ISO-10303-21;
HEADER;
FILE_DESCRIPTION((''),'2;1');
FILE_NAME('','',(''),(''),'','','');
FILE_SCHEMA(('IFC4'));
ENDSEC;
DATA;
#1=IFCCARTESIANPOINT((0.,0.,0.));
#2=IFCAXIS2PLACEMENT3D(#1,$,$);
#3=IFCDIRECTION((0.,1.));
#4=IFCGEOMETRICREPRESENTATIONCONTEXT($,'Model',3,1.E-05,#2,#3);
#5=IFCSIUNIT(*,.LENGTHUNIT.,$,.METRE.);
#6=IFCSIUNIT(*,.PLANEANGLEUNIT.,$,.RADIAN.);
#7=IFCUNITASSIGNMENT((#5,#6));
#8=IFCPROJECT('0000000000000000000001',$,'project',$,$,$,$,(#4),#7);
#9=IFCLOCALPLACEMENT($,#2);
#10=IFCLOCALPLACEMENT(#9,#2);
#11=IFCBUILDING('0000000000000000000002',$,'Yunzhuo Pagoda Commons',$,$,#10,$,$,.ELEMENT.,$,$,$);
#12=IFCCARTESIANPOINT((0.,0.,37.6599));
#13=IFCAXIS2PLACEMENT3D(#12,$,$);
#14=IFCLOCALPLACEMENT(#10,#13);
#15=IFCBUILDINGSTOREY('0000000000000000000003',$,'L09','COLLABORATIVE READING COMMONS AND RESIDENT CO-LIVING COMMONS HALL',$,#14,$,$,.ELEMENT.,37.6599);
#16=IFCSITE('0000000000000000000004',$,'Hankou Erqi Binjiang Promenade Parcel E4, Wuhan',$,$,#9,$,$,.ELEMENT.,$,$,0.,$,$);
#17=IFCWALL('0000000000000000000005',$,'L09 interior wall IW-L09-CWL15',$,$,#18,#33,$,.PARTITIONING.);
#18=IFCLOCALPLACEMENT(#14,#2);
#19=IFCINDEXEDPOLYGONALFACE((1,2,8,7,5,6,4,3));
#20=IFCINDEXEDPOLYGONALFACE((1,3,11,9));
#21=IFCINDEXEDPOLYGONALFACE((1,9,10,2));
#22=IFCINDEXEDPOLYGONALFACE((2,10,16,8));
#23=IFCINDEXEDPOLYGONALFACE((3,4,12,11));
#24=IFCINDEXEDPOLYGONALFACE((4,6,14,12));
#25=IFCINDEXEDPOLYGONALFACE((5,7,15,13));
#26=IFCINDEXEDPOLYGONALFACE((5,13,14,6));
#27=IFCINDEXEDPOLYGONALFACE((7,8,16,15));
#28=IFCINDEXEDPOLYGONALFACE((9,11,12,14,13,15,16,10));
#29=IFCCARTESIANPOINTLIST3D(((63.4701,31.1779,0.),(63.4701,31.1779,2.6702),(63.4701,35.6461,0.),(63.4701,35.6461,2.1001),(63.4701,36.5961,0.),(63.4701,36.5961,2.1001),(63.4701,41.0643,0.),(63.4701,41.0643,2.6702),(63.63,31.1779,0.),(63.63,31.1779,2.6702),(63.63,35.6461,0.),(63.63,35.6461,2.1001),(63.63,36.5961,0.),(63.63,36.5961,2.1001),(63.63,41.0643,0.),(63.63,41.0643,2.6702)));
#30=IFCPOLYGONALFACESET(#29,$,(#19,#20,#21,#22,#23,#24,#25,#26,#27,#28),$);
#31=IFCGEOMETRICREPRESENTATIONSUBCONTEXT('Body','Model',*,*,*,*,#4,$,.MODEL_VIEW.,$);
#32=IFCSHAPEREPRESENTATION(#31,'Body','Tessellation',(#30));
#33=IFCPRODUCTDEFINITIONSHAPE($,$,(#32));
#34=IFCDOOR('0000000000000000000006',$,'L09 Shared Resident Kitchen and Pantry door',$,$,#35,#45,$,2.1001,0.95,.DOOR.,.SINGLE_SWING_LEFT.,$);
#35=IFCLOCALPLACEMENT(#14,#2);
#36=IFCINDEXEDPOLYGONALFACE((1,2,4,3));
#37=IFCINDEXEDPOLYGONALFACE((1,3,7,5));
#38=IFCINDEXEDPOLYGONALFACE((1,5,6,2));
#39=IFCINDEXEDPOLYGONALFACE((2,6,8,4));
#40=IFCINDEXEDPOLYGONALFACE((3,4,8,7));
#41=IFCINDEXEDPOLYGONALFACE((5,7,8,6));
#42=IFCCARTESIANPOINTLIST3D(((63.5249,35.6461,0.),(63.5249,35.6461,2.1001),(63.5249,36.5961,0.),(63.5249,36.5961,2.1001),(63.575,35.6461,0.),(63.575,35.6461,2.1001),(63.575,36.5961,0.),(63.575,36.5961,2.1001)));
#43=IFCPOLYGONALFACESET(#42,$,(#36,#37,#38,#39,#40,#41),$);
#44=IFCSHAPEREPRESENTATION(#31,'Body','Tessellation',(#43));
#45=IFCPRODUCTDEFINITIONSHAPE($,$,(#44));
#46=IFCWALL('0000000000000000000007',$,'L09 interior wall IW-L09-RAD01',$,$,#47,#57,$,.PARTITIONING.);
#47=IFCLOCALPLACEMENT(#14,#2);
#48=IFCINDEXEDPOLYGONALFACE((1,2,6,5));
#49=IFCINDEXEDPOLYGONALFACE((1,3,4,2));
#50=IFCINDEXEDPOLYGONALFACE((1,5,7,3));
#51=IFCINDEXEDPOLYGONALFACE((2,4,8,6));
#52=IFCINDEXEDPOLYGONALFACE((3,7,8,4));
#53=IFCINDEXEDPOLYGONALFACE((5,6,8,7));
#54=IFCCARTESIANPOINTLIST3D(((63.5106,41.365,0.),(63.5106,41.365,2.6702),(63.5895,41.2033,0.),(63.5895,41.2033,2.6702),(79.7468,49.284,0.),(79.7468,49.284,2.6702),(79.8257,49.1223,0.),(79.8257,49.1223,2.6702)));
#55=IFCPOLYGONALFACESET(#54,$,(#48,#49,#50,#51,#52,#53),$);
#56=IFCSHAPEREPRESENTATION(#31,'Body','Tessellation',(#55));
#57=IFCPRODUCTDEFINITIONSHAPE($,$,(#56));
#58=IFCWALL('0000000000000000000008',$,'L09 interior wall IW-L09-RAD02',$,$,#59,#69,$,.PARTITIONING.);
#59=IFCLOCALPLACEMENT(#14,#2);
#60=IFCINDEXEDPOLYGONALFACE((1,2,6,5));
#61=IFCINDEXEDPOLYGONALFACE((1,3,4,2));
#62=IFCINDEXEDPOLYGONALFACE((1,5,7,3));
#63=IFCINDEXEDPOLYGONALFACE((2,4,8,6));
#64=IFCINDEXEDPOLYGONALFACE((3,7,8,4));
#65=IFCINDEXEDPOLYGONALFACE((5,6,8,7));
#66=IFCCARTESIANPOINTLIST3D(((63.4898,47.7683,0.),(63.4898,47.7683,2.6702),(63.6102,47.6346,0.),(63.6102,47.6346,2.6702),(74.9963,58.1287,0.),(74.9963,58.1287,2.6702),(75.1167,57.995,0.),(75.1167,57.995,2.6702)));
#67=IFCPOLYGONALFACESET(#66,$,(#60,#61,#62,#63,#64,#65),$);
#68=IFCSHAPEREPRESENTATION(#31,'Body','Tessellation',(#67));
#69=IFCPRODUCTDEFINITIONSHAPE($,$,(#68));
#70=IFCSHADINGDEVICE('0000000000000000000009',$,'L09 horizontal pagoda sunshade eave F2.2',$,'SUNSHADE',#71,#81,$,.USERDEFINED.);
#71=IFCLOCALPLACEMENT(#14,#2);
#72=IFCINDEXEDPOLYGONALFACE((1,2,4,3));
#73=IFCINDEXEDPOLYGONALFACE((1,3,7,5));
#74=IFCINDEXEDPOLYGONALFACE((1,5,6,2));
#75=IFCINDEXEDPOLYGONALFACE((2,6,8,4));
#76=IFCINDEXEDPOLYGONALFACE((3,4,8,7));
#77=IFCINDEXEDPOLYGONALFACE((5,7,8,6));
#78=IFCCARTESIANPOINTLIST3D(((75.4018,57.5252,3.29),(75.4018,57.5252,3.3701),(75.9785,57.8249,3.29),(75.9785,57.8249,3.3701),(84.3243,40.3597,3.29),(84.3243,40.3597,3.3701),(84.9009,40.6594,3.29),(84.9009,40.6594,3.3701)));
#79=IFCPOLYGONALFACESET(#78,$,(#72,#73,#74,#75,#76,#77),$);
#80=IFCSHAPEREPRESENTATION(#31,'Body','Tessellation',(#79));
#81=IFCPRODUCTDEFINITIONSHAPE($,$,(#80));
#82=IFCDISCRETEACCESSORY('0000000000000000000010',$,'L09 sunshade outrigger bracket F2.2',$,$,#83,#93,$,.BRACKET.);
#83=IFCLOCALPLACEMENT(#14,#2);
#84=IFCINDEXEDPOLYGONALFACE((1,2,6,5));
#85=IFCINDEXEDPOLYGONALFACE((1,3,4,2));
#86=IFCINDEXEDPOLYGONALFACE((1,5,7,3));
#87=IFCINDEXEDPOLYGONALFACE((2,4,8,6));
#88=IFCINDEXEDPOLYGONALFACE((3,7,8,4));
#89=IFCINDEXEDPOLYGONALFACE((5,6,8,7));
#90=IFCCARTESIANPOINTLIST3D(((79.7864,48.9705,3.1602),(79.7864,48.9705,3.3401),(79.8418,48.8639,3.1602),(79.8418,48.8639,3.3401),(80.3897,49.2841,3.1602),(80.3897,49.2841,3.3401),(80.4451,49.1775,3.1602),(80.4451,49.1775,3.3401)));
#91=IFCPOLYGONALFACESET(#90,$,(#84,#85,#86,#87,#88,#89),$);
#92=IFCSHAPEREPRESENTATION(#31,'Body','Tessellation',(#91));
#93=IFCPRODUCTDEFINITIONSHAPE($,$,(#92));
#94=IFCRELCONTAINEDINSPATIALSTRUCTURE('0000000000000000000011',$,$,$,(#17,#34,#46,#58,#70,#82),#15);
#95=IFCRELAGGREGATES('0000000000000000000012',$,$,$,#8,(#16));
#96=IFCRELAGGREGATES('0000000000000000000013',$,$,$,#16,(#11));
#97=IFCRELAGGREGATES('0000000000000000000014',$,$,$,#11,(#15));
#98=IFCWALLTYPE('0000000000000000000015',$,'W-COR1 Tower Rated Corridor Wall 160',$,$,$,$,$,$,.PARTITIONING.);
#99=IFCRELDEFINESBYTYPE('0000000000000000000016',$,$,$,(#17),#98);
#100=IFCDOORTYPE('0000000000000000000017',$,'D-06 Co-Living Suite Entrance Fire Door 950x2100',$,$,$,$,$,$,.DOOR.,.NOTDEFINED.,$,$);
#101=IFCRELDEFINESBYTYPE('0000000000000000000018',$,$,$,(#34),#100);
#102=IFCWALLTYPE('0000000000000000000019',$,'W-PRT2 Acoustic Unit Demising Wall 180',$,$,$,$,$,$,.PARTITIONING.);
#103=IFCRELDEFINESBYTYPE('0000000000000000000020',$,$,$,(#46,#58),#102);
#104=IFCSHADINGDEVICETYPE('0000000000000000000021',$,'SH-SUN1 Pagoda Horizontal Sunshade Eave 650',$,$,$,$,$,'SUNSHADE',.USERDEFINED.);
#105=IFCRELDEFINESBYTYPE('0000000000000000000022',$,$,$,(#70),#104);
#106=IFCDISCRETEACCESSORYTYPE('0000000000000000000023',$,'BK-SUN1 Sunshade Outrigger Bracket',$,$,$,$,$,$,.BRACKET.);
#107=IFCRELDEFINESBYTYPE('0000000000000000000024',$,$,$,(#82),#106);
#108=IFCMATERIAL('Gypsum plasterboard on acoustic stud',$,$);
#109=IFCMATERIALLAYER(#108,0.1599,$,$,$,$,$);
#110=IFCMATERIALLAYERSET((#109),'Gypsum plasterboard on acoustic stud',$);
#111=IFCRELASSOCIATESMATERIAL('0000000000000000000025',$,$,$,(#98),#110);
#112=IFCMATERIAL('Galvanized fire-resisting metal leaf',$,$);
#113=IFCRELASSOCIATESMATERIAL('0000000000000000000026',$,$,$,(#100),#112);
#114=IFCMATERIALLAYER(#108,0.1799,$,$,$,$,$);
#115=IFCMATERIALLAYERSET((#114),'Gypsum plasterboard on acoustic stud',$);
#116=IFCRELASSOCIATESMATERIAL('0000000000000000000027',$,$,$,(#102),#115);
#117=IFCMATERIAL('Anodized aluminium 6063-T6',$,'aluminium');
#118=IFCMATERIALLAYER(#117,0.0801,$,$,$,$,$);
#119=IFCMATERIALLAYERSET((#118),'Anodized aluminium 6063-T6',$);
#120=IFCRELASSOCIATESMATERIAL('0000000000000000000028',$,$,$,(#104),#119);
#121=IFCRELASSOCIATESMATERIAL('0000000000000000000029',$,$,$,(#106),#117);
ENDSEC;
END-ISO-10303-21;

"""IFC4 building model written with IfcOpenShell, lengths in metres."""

from ifc_helpers import new_model, si_unit, direction, frame, frame_2d, origin, origin_with_axes, origin_2d, place, context, subcontext, project, spatial, rectangle, extrude, source, transform, mapped, material, layer, layer_set, type_object, element, fill, save


model = new_model("IFC4")

# Units and contexts
model_context = context("Model", 3, precision=1e-05, world=origin(), true_north=direction((0.0, 1.0)))
body_context = subcontext(model_context, "Body", "Model", "MODEL_VIEW")
ifc_project = project(units=[si_unit("LENGTHUNIT", "METRE"), si_unit("PLANEANGLEUNIT", "RADIAN")], contexts=[model_context])

# Site, building, storey
site_placement = place(None, origin())
site = spatial("IfcSite", under=ifc_project, at=site_placement, Name="Hankou Erqi Binjiang Promenade Parcel E4, Wuhan", CompositionType="ELEMENT", RefElevation=0.0)
building_placement = place(site_placement, origin())
building = spatial("IfcBuilding", under=site, at=building_placement, Name="Yunzhuo Pagoda Commons", CompositionType="ELEMENT")
storey_placement = place(building_placement, frame((0.0, 0.0, 37.6599)))
storey = spatial("IfcBuildingStorey", under=building, at=storey_placement, Name="L09", Description="COLLABORATIVE READING COMMONS AND RESIDENT CO-LIVING COMMONS HALL", CompositionType="ELEMENT", Elevation=37.6599)

# Shared definitions
ifc_material_1 = material(Name="Anodized aluminium 6063-T6", Category="aluminium")

# Shared definitions
ifc_material_2 = material(Name="Gypsum plasterboard on acoustic stud")
ifc_layer_1 = layer(ifc_material_2, 0.1599)
ifc_layer_set_1 = layer_set([ifc_layer_1], Name="Gypsum plasterboard on acoustic stud")
wall_type_1 = type_object("IfcWallType", Name="W-COR1 Tower Rated Corridor Wall 160", PredefinedType="PARTITIONING", material=ifc_layer_set_1)

# Wall, opening, door
ifc_material_3 = material(Name="Galvanized fire-resisting metal leaf")
door_type = type_object("IfcDoorType", Name="D-06 Co-Living Suite Entrance Fire Door 950x2100", OperationType="NOTDEFINED", PredefinedType="DOOR", material=ifc_material_3)
shared_shape_1 = source(origin(), body_context, "Body", "SweptSolid", [
    extrude(rectangle(XDim=0.95, YDim=2.1001, at=frame_2d((0.4751, 1.05))), frame((0.0, 0.0249, 0.0), z_axis=(0.0, -1.0, 0.0), x_axis=(1.0, 0.0, 0.0)), (0.0, 0.0, 1.0), 0.05),
])
wall_1_placement = place(storey_placement, frame((63.55, 41.0645, 0.0), z_axis=(0.0, 0.0, 1.0), x_axis=(0.0, -1.0, 0.0)))
wall_1 = element("IfcWall", 1, at=wall_1_placement, inside=storey, type_object=wall_type_1, Name="L09 interior wall IW-L09-CWL15", PredefinedType="PARTITIONING", context=body_context, shape_type="SweptSolid", body=[
    extrude(rectangle(XDim=9.8865, YDim=0.1599, at=frame_2d((4.9434, 0.0))), origin(), (0.0, 0.0, 1.0), 2.6702),
])
opening_1_placement = place(wall_1_placement, frame((4.4683, 0.0, 0.0)))
opening_1 = element("IfcOpeningElement", 2, at=opening_1_placement, cuts=wall_1, PredefinedType="OPENING", context=body_context, shape_type="SweptSolid", body=[
    extrude(rectangle(XDim=0.95, YDim=2.1001, at=frame_2d((0.4751, 1.05))), frame((0.0, 0.0898, 0.0), z_axis=(0.0, -1.0, 0.0), x_axis=(1.0, 0.0, 0.0)), (0.0, 0.0, 1.0), 0.1799),
])
door_1_placement = place(opening_1_placement, origin_with_axes())
door_1 = element("IfcDoor", 3, at=door_1_placement, inside=storey, type_object=door_type, Name="L09 Shared Resident Kitchen and Pantry door", OperationType="SINGLE_SWING_LEFT", OverallHeight=2.1001, OverallWidth=0.95, PredefinedType="DOOR", context=body_context, shape_type="MappedRepresentation", body=[
    mapped(shared_shape_1, transform((0.0, 0.0, 0.0), scale=1.0)),
])
fill(opening_1, door_1)

# Walls
ifc_layer_2 = layer(ifc_material_2, 0.1799)
ifc_layer_set_2 = layer_set([ifc_layer_2], Name="Gypsum plasterboard on acoustic stud")
wall_type_2 = type_object("IfcWallType", Name="W-PRT2 Acoustic Unit Demising Wall 180", PredefinedType="PARTITIONING", material=ifc_layer_set_2)
wall_2_placement = place(storey_placement, frame((63.55, 41.2842, 0.0), z_axis=(0.0, 0.0, 1.0), x_axis=(0.898792, 0.438375, 0.0)))
element("IfcWall", 4, at=wall_2_placement, inside=storey, type_object=wall_type_2, Name="L09 interior wall IW-L09-RAD01", PredefinedType="PARTITIONING", context=body_context, shape_type="SweptSolid", body=[
    extrude(rectangle(XDim=18.0645, YDim=0.1799, at=frame_2d((9.0322, 0.0))), origin(), (0.0, 0.0, 1.0), 2.6702),
])
wall_3_placement = place(storey_placement, frame((63.55, 47.7014, 0.0), z_axis=(0.0, 0.0, 1.0), x_axis=(0.743145, 0.66913, 0.0)))
element("IfcWall", 5, at=wall_3_placement, inside=storey, type_object=wall_type_2, Name="L09 interior wall IW-L09-RAD02", PredefinedType="PARTITIONING", context=body_context, shape_type="SweptSolid", body=[
    extrude(rectangle(XDim=15.4834, YDim=0.1799, at=frame_2d((7.7417, 0.0))), origin(), (0.0, 0.0, 1.0), 2.6702),
])

# Shading device
ifc_layer_3 = layer(ifc_material_1, 0.0801)
ifc_layer_set_3 = layer_set([ifc_layer_3], Name="Anodized aluminium 6063-T6")
shading_device_type = type_object("IfcShadingDeviceType", Name="SH-SUN1 Pagoda Horizontal Sunshade Eave 650", ElementType="SUNSHADE", PredefinedType="USERDEFINED", material=ifc_layer_set_3)
shared_shape_2 = source(origin(), body_context, "Body", "SweptSolid", [
    extrude(rectangle(XDim=19.3459, YDim=0.6499, at=origin_2d()), origin(), (0.0, 0.0, 1.0), 0.0801),
])
shading_device_placement = place(storey_placement, frame((80.1514, 49.0923, 3.29), z_axis=(0.0, 0.0, 1.0), x_axis=(-0.461207, 0.887293, 0.0)))
element("IfcShadingDevice", 6, at=shading_device_placement, inside=storey, type_object=shading_device_type, Name="L09 horizontal pagoda sunshade eave F2.2", ObjectType="SUNSHADE", PredefinedType="USERDEFINED", context=body_context, shape_type="MappedRepresentation", body=[
    mapped(shared_shape_2, transform((0.0, 0.0, 0.0), scale=1.0)),
])

# Discrete accessory
discrete_accessory_type = type_object("IfcDiscreteAccessoryType", Name="BK-SUN1 Sunshade Outrigger Bracket", PredefinedType="BRACKET", material=ifc_material_1)
shared_shape_3 = source(origin(), body_context, "Body", "SweptSolid", [
    extrude(rectangle(XDim=0.1201, YDim=0.6799, at=origin_2d()), origin(), (0.0, 0.0, 1.0), 0.1799),
])
discrete_accessory_placement = place(storey_placement, frame((80.1157, 49.074, 3.1602), z_axis=(0.0, 0.0, 1.0), x_axis=(-0.461207, 0.887293, 0.0)))
element("IfcDiscreteAccessory", 7, at=discrete_accessory_placement, inside=storey, type_object=discrete_accessory_type, Name="L09 sunshade outrigger bracket F2.2", PredefinedType="BRACKET", context=body_context, shape_type="MappedRepresentation", body=[
    mapped(shared_shape_3, transform((0.0, 0.0, 0.0), scale=1.0)),
])

save(model, "model.ifc")
